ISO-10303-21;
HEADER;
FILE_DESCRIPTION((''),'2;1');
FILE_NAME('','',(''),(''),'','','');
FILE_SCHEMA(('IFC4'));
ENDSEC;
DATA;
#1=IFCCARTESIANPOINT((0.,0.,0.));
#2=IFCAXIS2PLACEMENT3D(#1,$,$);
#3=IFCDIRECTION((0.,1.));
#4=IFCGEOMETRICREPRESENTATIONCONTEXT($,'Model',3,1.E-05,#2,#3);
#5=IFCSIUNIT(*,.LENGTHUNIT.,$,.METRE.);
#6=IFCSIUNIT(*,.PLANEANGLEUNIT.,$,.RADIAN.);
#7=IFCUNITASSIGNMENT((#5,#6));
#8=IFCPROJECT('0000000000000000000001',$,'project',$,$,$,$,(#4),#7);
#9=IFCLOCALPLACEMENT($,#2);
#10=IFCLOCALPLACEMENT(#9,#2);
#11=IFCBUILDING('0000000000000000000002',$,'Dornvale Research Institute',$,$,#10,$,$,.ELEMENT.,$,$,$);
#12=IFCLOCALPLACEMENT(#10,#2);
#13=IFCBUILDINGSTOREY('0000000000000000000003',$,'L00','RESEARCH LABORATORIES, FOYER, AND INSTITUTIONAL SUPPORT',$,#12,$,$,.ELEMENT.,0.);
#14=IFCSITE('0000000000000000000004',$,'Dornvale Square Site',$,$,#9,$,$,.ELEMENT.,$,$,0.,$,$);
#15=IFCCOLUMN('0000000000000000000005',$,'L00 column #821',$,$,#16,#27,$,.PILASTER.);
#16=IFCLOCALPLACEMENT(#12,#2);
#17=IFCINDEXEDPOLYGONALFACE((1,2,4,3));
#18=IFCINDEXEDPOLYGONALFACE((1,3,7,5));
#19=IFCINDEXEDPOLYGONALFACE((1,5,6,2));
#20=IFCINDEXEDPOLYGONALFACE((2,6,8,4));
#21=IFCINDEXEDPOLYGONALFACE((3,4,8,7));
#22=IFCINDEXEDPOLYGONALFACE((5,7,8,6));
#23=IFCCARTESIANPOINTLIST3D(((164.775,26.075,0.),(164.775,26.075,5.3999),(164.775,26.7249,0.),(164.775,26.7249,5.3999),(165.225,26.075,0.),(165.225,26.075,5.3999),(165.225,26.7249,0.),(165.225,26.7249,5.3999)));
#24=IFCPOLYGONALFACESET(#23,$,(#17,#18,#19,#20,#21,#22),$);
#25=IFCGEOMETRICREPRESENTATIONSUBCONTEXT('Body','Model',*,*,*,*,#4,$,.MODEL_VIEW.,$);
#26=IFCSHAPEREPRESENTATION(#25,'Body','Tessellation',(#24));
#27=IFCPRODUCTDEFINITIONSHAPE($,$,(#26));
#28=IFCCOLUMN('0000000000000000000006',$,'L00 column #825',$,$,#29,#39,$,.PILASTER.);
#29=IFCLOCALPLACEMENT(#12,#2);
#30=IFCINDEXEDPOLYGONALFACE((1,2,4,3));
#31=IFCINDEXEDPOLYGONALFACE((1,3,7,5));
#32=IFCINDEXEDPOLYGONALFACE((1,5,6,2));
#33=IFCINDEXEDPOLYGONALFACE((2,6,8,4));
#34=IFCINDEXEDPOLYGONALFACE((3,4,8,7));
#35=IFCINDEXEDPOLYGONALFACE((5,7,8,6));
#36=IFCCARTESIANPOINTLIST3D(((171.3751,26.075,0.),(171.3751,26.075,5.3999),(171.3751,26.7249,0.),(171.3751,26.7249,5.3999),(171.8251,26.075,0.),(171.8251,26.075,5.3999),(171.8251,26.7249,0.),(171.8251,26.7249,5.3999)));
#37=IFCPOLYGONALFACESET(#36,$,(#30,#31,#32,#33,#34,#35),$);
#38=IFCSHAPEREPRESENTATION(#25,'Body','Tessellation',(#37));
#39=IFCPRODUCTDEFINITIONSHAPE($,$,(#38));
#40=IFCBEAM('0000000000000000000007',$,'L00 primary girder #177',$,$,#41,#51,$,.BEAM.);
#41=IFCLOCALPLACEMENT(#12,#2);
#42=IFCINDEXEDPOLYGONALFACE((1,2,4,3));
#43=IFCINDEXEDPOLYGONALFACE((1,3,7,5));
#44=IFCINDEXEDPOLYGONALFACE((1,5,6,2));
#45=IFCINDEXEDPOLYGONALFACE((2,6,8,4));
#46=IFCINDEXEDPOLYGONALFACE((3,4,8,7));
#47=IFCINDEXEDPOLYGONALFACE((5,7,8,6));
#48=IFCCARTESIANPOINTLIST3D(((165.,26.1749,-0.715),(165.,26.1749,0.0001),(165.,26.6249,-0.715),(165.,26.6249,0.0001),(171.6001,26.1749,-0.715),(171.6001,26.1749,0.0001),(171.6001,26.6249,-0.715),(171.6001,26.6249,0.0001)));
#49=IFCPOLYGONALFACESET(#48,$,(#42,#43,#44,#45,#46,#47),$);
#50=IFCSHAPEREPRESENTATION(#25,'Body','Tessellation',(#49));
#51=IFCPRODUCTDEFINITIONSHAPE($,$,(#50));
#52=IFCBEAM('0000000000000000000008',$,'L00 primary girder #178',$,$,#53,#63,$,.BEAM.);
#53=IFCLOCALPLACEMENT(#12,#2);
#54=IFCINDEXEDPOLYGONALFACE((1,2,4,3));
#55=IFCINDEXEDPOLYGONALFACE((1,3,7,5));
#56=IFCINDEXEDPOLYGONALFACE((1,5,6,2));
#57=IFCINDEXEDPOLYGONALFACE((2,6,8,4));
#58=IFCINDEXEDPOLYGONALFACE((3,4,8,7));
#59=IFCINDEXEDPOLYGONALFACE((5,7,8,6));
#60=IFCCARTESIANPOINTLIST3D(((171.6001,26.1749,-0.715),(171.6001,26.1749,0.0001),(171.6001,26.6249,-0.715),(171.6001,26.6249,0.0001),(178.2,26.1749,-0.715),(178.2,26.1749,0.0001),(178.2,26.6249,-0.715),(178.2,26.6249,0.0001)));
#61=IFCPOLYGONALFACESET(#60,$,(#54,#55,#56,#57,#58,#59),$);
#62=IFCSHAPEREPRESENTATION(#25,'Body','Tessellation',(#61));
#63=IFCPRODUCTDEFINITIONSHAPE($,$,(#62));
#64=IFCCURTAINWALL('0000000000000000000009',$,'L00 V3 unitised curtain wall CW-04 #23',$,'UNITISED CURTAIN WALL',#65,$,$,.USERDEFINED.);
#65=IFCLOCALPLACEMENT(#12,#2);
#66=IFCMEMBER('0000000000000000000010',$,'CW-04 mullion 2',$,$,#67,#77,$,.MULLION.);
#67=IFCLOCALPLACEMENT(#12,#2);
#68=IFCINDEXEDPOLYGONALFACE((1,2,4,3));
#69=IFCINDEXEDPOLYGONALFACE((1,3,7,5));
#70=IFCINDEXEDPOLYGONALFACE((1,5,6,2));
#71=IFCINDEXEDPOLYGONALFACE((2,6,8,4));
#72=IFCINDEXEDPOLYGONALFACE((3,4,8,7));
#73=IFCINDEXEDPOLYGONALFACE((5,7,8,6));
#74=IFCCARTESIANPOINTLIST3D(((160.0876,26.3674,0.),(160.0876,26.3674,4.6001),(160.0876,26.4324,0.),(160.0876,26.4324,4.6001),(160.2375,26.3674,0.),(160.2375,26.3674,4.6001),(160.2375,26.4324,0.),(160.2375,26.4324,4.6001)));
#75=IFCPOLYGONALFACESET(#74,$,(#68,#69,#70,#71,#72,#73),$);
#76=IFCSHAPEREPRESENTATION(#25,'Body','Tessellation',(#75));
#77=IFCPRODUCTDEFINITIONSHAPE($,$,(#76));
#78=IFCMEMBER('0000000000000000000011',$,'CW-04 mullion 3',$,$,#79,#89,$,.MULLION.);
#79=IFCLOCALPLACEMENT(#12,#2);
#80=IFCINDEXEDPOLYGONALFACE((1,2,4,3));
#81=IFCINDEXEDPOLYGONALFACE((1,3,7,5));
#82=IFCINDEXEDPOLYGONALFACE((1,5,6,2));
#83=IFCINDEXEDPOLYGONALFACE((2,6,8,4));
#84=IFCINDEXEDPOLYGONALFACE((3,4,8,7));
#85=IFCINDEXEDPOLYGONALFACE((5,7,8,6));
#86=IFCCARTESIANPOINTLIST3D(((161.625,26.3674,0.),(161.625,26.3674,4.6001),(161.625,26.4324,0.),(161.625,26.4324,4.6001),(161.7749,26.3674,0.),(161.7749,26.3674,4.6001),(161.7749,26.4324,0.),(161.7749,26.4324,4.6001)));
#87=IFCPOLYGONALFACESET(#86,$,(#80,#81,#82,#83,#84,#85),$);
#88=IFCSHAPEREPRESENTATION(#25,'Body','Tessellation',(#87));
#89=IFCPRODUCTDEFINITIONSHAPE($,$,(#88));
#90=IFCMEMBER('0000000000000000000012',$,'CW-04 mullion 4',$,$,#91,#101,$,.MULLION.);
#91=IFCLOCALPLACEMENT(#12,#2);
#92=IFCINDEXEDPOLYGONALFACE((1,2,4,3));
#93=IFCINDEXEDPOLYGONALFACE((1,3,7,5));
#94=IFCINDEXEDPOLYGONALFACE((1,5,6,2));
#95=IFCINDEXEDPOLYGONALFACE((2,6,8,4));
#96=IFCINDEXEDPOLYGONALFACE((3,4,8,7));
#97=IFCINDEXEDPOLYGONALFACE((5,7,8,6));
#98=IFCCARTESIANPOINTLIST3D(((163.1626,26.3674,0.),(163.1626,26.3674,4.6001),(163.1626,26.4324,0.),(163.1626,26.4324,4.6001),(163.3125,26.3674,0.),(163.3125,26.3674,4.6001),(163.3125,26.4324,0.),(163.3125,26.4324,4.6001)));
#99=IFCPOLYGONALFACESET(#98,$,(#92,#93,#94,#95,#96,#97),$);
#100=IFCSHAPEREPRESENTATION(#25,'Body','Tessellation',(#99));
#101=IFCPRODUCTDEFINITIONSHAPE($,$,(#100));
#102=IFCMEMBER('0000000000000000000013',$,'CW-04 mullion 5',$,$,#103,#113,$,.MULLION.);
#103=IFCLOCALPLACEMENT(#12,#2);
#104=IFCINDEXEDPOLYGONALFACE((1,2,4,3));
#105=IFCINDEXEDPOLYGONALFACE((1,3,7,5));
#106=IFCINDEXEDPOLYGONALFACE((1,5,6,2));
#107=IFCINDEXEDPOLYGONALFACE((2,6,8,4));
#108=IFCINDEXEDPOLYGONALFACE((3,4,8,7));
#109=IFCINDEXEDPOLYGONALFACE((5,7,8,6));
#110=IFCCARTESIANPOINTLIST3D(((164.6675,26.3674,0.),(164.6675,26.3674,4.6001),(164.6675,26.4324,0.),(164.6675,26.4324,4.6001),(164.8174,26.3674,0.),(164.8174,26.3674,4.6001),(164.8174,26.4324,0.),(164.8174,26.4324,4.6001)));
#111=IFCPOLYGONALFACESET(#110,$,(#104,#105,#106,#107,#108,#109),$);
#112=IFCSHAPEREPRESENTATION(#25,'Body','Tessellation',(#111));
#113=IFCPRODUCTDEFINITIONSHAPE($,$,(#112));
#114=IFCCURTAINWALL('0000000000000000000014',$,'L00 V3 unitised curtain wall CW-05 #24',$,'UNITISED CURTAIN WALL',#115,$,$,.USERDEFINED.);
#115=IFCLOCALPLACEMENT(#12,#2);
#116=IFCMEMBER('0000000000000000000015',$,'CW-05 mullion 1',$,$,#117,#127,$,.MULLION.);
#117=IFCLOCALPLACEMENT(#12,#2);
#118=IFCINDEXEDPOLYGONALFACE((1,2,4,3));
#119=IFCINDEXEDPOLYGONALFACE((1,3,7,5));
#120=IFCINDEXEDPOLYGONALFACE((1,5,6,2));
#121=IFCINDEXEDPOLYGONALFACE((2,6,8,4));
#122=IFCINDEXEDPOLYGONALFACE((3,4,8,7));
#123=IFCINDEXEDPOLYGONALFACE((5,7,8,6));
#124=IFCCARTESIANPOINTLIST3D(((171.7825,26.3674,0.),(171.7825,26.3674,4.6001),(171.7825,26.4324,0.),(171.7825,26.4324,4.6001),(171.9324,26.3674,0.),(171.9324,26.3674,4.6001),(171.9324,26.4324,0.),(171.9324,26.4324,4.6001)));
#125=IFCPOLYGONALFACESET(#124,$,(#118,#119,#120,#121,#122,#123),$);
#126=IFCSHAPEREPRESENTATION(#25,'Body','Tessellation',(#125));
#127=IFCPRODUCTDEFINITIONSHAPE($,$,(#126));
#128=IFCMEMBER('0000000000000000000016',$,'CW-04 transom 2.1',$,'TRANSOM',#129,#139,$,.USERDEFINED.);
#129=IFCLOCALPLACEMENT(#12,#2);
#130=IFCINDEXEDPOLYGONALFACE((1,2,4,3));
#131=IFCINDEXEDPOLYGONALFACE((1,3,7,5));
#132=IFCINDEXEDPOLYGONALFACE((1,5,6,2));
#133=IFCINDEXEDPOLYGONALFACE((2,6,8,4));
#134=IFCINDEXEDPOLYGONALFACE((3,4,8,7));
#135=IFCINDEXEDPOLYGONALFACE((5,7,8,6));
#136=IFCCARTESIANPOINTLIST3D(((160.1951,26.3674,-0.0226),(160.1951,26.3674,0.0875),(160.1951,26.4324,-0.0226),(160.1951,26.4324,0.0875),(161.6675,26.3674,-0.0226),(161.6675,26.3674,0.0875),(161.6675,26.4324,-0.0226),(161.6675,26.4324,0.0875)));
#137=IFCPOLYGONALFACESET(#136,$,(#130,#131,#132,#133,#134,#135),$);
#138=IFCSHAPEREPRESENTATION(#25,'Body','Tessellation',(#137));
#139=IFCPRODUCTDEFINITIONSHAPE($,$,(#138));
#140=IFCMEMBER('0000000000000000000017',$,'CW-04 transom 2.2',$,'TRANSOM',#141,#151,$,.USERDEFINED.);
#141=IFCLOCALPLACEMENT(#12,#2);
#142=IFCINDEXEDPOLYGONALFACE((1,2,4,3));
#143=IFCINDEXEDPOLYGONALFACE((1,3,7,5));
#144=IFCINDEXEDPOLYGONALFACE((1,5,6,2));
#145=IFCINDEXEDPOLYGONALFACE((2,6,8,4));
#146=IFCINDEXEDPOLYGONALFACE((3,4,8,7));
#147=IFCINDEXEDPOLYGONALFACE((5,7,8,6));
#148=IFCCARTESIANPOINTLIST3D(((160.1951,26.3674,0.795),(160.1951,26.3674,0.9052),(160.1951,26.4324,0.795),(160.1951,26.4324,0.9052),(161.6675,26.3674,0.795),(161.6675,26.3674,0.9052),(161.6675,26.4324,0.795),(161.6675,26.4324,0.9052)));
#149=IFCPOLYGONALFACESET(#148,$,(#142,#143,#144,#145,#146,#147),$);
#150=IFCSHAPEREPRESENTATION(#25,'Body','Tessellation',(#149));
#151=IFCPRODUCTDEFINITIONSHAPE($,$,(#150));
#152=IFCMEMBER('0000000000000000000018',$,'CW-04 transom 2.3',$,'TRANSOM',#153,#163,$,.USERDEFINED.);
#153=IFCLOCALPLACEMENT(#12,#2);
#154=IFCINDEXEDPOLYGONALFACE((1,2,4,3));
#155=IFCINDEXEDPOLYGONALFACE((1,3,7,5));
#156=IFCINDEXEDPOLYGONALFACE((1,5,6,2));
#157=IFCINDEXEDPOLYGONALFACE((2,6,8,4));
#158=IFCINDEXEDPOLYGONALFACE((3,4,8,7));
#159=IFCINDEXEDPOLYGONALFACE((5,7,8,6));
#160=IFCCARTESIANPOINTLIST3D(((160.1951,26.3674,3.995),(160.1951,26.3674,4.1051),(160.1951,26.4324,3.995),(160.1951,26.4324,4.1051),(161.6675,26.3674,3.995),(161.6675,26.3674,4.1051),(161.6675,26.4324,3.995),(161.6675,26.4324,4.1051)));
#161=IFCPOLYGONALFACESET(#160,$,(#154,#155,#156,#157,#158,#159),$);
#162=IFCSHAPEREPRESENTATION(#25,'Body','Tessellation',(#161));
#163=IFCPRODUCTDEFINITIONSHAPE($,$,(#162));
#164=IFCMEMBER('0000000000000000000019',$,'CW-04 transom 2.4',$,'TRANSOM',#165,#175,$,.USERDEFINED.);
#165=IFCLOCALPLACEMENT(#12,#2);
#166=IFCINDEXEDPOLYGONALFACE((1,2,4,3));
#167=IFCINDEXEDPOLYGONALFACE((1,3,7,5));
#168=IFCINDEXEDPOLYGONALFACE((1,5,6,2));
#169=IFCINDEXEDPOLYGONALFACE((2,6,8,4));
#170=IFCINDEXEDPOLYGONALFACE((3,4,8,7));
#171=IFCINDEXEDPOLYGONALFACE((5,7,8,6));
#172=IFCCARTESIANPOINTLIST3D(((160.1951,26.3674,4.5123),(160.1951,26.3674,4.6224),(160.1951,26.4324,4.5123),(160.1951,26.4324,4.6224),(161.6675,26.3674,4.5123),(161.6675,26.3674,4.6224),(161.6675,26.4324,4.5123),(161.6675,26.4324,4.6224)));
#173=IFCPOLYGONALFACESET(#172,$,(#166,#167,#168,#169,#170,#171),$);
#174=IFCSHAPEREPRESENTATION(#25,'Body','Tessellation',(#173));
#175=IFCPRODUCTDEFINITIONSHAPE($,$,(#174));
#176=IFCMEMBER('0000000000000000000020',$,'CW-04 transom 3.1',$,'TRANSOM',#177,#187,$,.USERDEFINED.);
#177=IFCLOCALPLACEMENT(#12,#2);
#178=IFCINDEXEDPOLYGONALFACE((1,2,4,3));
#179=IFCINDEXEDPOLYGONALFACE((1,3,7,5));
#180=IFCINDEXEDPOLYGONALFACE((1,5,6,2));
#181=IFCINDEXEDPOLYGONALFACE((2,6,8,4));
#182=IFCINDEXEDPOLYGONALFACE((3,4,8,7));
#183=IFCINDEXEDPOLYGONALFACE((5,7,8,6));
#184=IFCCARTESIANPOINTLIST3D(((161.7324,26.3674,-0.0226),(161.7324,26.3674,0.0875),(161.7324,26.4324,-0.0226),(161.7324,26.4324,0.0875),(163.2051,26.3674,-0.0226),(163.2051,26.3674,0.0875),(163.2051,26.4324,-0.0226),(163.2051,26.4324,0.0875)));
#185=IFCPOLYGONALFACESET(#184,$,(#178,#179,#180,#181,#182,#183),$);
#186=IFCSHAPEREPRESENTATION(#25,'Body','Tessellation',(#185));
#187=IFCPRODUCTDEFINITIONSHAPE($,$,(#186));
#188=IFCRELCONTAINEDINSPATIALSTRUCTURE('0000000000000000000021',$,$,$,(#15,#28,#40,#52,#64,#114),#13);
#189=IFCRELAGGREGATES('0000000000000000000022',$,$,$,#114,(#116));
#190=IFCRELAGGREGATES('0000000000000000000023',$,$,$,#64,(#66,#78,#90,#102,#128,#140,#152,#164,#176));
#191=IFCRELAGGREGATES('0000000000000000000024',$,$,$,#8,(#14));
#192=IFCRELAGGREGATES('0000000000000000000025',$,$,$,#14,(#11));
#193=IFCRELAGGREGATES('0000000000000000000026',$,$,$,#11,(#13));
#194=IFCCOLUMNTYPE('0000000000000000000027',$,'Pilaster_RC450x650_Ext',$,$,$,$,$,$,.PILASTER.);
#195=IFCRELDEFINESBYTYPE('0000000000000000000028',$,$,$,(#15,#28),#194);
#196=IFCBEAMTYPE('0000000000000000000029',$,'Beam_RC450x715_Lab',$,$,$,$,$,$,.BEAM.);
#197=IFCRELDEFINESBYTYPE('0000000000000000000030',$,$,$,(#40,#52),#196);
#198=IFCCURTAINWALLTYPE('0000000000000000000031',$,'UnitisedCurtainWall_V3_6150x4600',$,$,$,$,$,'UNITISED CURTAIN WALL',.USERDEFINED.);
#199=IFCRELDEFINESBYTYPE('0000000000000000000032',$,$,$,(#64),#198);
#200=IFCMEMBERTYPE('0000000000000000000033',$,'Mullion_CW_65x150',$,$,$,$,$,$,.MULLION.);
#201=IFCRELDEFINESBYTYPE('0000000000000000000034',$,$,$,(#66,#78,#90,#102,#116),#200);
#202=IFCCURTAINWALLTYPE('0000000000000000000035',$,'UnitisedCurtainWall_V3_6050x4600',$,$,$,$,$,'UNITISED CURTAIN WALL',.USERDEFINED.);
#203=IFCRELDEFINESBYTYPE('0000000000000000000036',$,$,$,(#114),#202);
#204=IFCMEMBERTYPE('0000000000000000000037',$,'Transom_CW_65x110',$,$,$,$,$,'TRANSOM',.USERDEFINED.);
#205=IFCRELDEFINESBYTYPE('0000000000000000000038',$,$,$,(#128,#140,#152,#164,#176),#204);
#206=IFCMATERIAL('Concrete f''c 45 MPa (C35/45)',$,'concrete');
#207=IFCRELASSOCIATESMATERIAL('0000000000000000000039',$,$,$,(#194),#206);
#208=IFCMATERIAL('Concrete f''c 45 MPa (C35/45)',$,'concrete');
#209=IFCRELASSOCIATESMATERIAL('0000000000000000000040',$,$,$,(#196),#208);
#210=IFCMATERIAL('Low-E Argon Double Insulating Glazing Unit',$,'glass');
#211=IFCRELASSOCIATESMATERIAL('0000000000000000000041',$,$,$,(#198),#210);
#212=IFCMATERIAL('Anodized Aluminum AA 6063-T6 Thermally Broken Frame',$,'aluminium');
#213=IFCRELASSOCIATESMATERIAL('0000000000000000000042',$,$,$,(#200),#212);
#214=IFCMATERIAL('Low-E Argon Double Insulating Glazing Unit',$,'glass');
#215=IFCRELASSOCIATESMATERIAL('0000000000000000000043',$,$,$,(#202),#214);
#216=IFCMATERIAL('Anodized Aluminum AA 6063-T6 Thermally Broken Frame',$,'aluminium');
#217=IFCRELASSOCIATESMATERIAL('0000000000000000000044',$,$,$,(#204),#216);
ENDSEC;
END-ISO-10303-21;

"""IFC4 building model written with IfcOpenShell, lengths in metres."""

from ifc_helpers import new_model, si_unit, direction, frame, origin, origin_2d, place, context, subcontext, project, spatial, rectangle, extrude, material, material_profile, profile_set, type_object, element, aggregate, save


model = new_model("IFC4")

# Units and contexts
model_context = context("Model", 3, precision=1e-05, world=origin(), true_north=direction((0.0, 1.0)))
body_context = subcontext(model_context, "Body", "Model", "MODEL_VIEW")
ifc_project = project(units=[si_unit("LENGTHUNIT", "METRE"), si_unit("PLANEANGLEUNIT", "RADIAN")], contexts=[model_context])

# Site, building, storey
site_placement = place(None, origin())
site = spatial("IfcSite", under=ifc_project, at=site_placement, Name="Dornvale Square Site", CompositionType="ELEMENT", RefElevation=0.0)
building_placement = place(site_placement, origin())
building = spatial("IfcBuilding", under=site, at=building_placement, Name="Dornvale Research Institute", CompositionType="ELEMENT")
storey_placement = place(building_placement, origin())
storey = spatial("IfcBuildingStorey", under=building, at=storey_placement, Name="L00", Description="RESEARCH LABORATORIES, FOYER, AND INSTITUTIONAL SUPPORT", CompositionType="ELEMENT", Elevation=0.0)

# Columns
ifc_material_1 = material(Name="Concrete f'c 45 MPa (C35/45)", Category="concrete")
ifc_material_profile_1 = material_profile(ifc_material_1, rectangle(XDim=0.45, YDim=0.6499, at=origin_2d()), Name="RC 450x650")
ifc_profile_set_1 = profile_set([ifc_material_profile_1], Name="Concrete f'c 45 MPa (C35/45)")
column_type = type_object("IfcColumnType", Name="Pilaster_RC450x650_Ext", PredefinedType="PILASTER", material=ifc_profile_set_1)
for number, where, z_axis, x_axis, name in (
    (1, (165.0, 26.3999, 0.0), (0.0, 0.0, 1.0), (1.0, 0.0, 0.0), "L00 column #821"),
    (2, (171.6001, 26.3999, 0.0), (0.0, 0.0, 1.0), (1.0, 0.0, 0.0), "L00 column #825"),
):
    element("IfcColumn", number, at=place(storey_placement, frame(where, z_axis=z_axis, x_axis=x_axis)), inside=storey, type_object=column_type, Name=name, PredefinedType="PILASTER", context=body_context, shape_type="SweptSolid", body=[
        extrude(rectangle(XDim=0.45, YDim=0.6499, at=origin_2d()), origin(), (0.0, 0.0, 1.0), 5.3999),
    ])

# Beams
ifc_material_2 = material(Name="Concrete f'c 45 MPa (C35/45)", Category="concrete")
ifc_material_profile_2 = material_profile(ifc_material_2, rectangle(XDim=0.45, YDim=0.7151, at=origin_2d()), Name="RC 450x715")
ifc_profile_set_2 = profile_set([ifc_material_profile_2], Name="Concrete f'c 45 MPa (C35/45)")
beam_type = type_object("IfcBeamType", Name="Beam_RC450x715_Lab", PredefinedType="BEAM", material=ifc_profile_set_2)
beam_1_placement = place(storey_placement, frame((165.0, 26.3999, -0.3574), z_axis=(1.0, 0.0, 0.0), x_axis=(0.0, 1.0, 0.0)))
element("IfcBeam", 3, at=beam_1_placement, inside=storey, type_object=beam_type, Name="L00 primary girder #177", PredefinedType="BEAM", context=body_context, shape_type="SweptSolid", body=[
    extrude(rectangle(XDim=0.45, YDim=0.7151, at=origin_2d()), origin(), (0.0, 0.0, 1.0), 6.6001),
])
beam_2_placement = place(storey_placement, frame((171.6001, 26.3999, -0.3574), z_axis=(1.0, 0.0, 0.0), x_axis=(0.0, 1.0, 0.0)))
element("IfcBeam", 4, at=beam_2_placement, inside=storey, type_object=beam_type, Name="L00 primary girder #178", PredefinedType="BEAM", context=body_context, shape_type="SweptSolid", body=[
    extrude(rectangle(XDim=0.45, YDim=0.7151, at=origin_2d()), origin(), (0.0, 0.0, 1.0), 6.5999),
])

# Curtain wall, members
ifc_material_3 = material(Name="Low-E Argon Double Insulating Glazing Unit", Category="glass")
curtain_wall_type_1 = type_object("IfcCurtainWallType", Name="UnitisedCurtainWall_V3_6150x4600", ElementType="UNITISED CURTAIN WALL", PredefinedType="USERDEFINED", material=ifc_material_3)
curtain_wall_1_placement = place(storey_placement, origin())
curtain_wall_1 = element("IfcCurtainWall", 5, at=curtain_wall_1_placement, inside=storey, type_object=curtain_wall_type_1, Name="L00 V3 unitised curtain wall CW-04 #23", ObjectType="UNITISED CURTAIN WALL", PredefinedType="USERDEFINED")
ifc_material_4 = material(Name="Anodized Aluminum AA 6063-T6 Thermally Broken Frame", Category="aluminium")
ifc_material_profile_3 = material_profile(ifc_material_4, rectangle(XDim=0.0649, YDim=0.1499, at=origin_2d()), Name="ALU MULLION 65x150")
ifc_profile_set_3 = profile_set([ifc_material_profile_3], Name="Anodized Aluminum AA 6063-T6 Thermally Broken Frame")
member_type_1 = type_object("IfcMemberType", Name="Mullion_CW_65x150", PredefinedType="MULLION", material=ifc_profile_set_3)
member_1_placement = place(storey_placement, frame((160.1626, 26.3999, 0.0), z_axis=(0.0, 0.0, 1.0), x_axis=(0.0, 1.0, 0.0)))
member_1 = element("IfcMember", 6, at=member_1_placement, type_object=member_type_1, Name="CW-04 mullion 2", PredefinedType="MULLION", context=body_context, shape_type="SweptSolid", body=[
    extrude(rectangle(XDim=0.0649, YDim=0.1499, at=origin_2d()), origin(), (0.0, 0.0, 1.0), 4.6001),
])
member_2_placement = place(storey_placement, frame((161.7, 26.3999, 0.0), z_axis=(0.0, 0.0, 1.0), x_axis=(0.0, 1.0, 0.0)))
member_2 = element("IfcMember", 7, at=member_2_placement, type_object=member_type_1, Name="CW-04 mullion 3", PredefinedType="MULLION", context=body_context, shape_type="SweptSolid", body=[
    extrude(rectangle(XDim=0.0649, YDim=0.1499, at=origin_2d()), origin(), (0.0, 0.0, 1.0), 4.6001),
])
member_3_placement = place(storey_placement, frame((163.2375, 26.3999, 0.0), z_axis=(0.0, 0.0, 1.0), x_axis=(0.0, 1.0, 0.0)))
member_3 = element("IfcMember", 8, at=member_3_placement, type_object=member_type_1, Name="CW-04 mullion 4", PredefinedType="MULLION", context=body_context, shape_type="SweptSolid", body=[
    extrude(rectangle(XDim=0.0649, YDim=0.1499, at=origin_2d()), origin(), (0.0, 0.0, 1.0), 4.6001),
])
member_4_placement = place(storey_placement, frame((164.7424, 26.3999, 0.0), z_axis=(0.0, 0.0, 1.0), x_axis=(0.0, 1.0, 0.0)))
member_4 = element("IfcMember", 9, at=member_4_placement, type_object=member_type_1, Name="CW-04 mullion 5", PredefinedType="MULLION", context=body_context, shape_type="SweptSolid", body=[
    extrude(rectangle(XDim=0.0649, YDim=0.1499, at=origin_2d()), origin(), (0.0, 0.0, 1.0), 4.6001),
])

# Curtain wall, member
ifc_material_5 = material(Name="Low-E Argon Double Insulating Glazing Unit", Category="glass")
curtain_wall_type_2 = type_object("IfcCurtainWallType", Name="UnitisedCurtainWall_V3_6050x4600", ElementType="UNITISED CURTAIN WALL", PredefinedType="USERDEFINED", material=ifc_material_5)
curtain_wall_2_placement = place(storey_placement, origin())
curtain_wall_2 = element("IfcCurtainWall", 10, at=curtain_wall_2_placement, inside=storey, type_object=curtain_wall_type_2, Name="L00 V3 unitised curtain wall CW-05 #24", ObjectType="UNITISED CURTAIN WALL", PredefinedType="USERDEFINED")
member_5_placement = place(storey_placement, frame((171.8574, 26.3999, 0.0), z_axis=(0.0, 0.0, 1.0), x_axis=(0.0, 1.0, 0.0)))
member_5 = element("IfcMember", 11, at=member_5_placement, type_object=member_type_1, Name="CW-05 mullion 1", PredefinedType="MULLION", context=body_context, shape_type="SweptSolid", body=[
    extrude(rectangle(XDim=0.0649, YDim=0.1499, at=origin_2d()), origin(), (0.0, 0.0, 1.0), 4.6001),
])

# Members
ifc_material_6 = material(Name="Anodized Aluminum AA 6063-T6 Thermally Broken Frame", Category="aluminium")
ifc_material_profile_4 = material_profile(ifc_material_6, rectangle(XDim=0.0649, YDim=0.1101, at=origin_2d()), Name="ALU TRANSOM 65x110")
ifc_profile_set_4 = profile_set([ifc_material_profile_4], Name="Anodized Aluminum AA 6063-T6 Thermally Broken Frame")
member_type_2 = type_object("IfcMemberType", Name="Transom_CW_65x110", ElementType="TRANSOM", PredefinedType="USERDEFINED", material=ifc_profile_set_4)
member_6_placement = place(storey_placement, frame((160.1951, 26.3999, 0.0325), z_axis=(1.0, 0.0, 0.0), x_axis=(0.0, 1.0, 0.0)))
member_6 = element("IfcMember", 12, at=member_6_placement, type_object=member_type_2, Name="CW-04 transom 2.1", ObjectType="TRANSOM", PredefinedType="USERDEFINED", context=body_context, shape_type="SweptSolid", body=[
    extrude(rectangle(XDim=0.0649, YDim=0.1101, at=origin_2d()), origin(), (0.0, 0.0, 1.0), 1.4724),
])
member_7_placement = place(storey_placement, frame((160.1951, 26.3999, 0.8501), z_axis=(1.0, 0.0, 0.0), x_axis=(0.0, 1.0, 0.0)))
member_7 = element("IfcMember", 13, at=member_7_placement, type_object=member_type_2, Name="CW-04 transom 2.2", ObjectType="TRANSOM", PredefinedType="USERDEFINED", context=body_context, shape_type="SweptSolid", body=[
    extrude(rectangle(XDim=0.0649, YDim=0.1101, at=origin_2d()), origin(), (0.0, 0.0, 1.0), 1.4724),
])
member_8_placement = place(storey_placement, frame((160.1951, 26.3999, 4.05), z_axis=(1.0, 0.0, 0.0), x_axis=(0.0, 1.0, 0.0)))
member_8 = element("IfcMember", 14, at=member_8_placement, type_object=member_type_2, Name="CW-04 transom 2.3", ObjectType="TRANSOM", PredefinedType="USERDEFINED", context=body_context, shape_type="SweptSolid", body=[
    extrude(rectangle(XDim=0.0649, YDim=0.1101, at=origin_2d()), origin(), (0.0, 0.0, 1.0), 1.4724),
])
member_9_placement = place(storey_placement, frame((160.1951, 26.3999, 4.5674), z_axis=(1.0, 0.0, 0.0), x_axis=(0.0, 1.0, 0.0)))
member_9 = element("IfcMember", 15, at=member_9_placement, type_object=member_type_2, Name="CW-04 transom 2.4", ObjectType="TRANSOM", PredefinedType="USERDEFINED", context=body_context, shape_type="SweptSolid", body=[
    extrude(rectangle(XDim=0.0649, YDim=0.1101, at=origin_2d()), origin(), (0.0, 0.0, 1.0), 1.4724),
])
member_10_placement = place(storey_placement, frame((161.7324, 26.3999, 0.0325), z_axis=(1.0, 0.0, 0.0), x_axis=(0.0, 1.0, 0.0)))
member_10 = element("IfcMember", 16, at=member_10_placement, type_object=member_type_2, Name="CW-04 transom 3.1", ObjectType="TRANSOM", PredefinedType="USERDEFINED", context=body_context, shape_type="SweptSolid", body=[
    extrude(rectangle(XDim=0.0649, YDim=0.1101, at=origin_2d()), origin(), (0.0, 0.0, 1.0), 1.4727),
])
aggregate(curtain_wall_2, [member_5])

aggregate(curtain_wall_1, [member_1, member_2, member_3, member_4, member_6, member_7, member_8, member_9, member_10])

save(model, "model.ifc")
